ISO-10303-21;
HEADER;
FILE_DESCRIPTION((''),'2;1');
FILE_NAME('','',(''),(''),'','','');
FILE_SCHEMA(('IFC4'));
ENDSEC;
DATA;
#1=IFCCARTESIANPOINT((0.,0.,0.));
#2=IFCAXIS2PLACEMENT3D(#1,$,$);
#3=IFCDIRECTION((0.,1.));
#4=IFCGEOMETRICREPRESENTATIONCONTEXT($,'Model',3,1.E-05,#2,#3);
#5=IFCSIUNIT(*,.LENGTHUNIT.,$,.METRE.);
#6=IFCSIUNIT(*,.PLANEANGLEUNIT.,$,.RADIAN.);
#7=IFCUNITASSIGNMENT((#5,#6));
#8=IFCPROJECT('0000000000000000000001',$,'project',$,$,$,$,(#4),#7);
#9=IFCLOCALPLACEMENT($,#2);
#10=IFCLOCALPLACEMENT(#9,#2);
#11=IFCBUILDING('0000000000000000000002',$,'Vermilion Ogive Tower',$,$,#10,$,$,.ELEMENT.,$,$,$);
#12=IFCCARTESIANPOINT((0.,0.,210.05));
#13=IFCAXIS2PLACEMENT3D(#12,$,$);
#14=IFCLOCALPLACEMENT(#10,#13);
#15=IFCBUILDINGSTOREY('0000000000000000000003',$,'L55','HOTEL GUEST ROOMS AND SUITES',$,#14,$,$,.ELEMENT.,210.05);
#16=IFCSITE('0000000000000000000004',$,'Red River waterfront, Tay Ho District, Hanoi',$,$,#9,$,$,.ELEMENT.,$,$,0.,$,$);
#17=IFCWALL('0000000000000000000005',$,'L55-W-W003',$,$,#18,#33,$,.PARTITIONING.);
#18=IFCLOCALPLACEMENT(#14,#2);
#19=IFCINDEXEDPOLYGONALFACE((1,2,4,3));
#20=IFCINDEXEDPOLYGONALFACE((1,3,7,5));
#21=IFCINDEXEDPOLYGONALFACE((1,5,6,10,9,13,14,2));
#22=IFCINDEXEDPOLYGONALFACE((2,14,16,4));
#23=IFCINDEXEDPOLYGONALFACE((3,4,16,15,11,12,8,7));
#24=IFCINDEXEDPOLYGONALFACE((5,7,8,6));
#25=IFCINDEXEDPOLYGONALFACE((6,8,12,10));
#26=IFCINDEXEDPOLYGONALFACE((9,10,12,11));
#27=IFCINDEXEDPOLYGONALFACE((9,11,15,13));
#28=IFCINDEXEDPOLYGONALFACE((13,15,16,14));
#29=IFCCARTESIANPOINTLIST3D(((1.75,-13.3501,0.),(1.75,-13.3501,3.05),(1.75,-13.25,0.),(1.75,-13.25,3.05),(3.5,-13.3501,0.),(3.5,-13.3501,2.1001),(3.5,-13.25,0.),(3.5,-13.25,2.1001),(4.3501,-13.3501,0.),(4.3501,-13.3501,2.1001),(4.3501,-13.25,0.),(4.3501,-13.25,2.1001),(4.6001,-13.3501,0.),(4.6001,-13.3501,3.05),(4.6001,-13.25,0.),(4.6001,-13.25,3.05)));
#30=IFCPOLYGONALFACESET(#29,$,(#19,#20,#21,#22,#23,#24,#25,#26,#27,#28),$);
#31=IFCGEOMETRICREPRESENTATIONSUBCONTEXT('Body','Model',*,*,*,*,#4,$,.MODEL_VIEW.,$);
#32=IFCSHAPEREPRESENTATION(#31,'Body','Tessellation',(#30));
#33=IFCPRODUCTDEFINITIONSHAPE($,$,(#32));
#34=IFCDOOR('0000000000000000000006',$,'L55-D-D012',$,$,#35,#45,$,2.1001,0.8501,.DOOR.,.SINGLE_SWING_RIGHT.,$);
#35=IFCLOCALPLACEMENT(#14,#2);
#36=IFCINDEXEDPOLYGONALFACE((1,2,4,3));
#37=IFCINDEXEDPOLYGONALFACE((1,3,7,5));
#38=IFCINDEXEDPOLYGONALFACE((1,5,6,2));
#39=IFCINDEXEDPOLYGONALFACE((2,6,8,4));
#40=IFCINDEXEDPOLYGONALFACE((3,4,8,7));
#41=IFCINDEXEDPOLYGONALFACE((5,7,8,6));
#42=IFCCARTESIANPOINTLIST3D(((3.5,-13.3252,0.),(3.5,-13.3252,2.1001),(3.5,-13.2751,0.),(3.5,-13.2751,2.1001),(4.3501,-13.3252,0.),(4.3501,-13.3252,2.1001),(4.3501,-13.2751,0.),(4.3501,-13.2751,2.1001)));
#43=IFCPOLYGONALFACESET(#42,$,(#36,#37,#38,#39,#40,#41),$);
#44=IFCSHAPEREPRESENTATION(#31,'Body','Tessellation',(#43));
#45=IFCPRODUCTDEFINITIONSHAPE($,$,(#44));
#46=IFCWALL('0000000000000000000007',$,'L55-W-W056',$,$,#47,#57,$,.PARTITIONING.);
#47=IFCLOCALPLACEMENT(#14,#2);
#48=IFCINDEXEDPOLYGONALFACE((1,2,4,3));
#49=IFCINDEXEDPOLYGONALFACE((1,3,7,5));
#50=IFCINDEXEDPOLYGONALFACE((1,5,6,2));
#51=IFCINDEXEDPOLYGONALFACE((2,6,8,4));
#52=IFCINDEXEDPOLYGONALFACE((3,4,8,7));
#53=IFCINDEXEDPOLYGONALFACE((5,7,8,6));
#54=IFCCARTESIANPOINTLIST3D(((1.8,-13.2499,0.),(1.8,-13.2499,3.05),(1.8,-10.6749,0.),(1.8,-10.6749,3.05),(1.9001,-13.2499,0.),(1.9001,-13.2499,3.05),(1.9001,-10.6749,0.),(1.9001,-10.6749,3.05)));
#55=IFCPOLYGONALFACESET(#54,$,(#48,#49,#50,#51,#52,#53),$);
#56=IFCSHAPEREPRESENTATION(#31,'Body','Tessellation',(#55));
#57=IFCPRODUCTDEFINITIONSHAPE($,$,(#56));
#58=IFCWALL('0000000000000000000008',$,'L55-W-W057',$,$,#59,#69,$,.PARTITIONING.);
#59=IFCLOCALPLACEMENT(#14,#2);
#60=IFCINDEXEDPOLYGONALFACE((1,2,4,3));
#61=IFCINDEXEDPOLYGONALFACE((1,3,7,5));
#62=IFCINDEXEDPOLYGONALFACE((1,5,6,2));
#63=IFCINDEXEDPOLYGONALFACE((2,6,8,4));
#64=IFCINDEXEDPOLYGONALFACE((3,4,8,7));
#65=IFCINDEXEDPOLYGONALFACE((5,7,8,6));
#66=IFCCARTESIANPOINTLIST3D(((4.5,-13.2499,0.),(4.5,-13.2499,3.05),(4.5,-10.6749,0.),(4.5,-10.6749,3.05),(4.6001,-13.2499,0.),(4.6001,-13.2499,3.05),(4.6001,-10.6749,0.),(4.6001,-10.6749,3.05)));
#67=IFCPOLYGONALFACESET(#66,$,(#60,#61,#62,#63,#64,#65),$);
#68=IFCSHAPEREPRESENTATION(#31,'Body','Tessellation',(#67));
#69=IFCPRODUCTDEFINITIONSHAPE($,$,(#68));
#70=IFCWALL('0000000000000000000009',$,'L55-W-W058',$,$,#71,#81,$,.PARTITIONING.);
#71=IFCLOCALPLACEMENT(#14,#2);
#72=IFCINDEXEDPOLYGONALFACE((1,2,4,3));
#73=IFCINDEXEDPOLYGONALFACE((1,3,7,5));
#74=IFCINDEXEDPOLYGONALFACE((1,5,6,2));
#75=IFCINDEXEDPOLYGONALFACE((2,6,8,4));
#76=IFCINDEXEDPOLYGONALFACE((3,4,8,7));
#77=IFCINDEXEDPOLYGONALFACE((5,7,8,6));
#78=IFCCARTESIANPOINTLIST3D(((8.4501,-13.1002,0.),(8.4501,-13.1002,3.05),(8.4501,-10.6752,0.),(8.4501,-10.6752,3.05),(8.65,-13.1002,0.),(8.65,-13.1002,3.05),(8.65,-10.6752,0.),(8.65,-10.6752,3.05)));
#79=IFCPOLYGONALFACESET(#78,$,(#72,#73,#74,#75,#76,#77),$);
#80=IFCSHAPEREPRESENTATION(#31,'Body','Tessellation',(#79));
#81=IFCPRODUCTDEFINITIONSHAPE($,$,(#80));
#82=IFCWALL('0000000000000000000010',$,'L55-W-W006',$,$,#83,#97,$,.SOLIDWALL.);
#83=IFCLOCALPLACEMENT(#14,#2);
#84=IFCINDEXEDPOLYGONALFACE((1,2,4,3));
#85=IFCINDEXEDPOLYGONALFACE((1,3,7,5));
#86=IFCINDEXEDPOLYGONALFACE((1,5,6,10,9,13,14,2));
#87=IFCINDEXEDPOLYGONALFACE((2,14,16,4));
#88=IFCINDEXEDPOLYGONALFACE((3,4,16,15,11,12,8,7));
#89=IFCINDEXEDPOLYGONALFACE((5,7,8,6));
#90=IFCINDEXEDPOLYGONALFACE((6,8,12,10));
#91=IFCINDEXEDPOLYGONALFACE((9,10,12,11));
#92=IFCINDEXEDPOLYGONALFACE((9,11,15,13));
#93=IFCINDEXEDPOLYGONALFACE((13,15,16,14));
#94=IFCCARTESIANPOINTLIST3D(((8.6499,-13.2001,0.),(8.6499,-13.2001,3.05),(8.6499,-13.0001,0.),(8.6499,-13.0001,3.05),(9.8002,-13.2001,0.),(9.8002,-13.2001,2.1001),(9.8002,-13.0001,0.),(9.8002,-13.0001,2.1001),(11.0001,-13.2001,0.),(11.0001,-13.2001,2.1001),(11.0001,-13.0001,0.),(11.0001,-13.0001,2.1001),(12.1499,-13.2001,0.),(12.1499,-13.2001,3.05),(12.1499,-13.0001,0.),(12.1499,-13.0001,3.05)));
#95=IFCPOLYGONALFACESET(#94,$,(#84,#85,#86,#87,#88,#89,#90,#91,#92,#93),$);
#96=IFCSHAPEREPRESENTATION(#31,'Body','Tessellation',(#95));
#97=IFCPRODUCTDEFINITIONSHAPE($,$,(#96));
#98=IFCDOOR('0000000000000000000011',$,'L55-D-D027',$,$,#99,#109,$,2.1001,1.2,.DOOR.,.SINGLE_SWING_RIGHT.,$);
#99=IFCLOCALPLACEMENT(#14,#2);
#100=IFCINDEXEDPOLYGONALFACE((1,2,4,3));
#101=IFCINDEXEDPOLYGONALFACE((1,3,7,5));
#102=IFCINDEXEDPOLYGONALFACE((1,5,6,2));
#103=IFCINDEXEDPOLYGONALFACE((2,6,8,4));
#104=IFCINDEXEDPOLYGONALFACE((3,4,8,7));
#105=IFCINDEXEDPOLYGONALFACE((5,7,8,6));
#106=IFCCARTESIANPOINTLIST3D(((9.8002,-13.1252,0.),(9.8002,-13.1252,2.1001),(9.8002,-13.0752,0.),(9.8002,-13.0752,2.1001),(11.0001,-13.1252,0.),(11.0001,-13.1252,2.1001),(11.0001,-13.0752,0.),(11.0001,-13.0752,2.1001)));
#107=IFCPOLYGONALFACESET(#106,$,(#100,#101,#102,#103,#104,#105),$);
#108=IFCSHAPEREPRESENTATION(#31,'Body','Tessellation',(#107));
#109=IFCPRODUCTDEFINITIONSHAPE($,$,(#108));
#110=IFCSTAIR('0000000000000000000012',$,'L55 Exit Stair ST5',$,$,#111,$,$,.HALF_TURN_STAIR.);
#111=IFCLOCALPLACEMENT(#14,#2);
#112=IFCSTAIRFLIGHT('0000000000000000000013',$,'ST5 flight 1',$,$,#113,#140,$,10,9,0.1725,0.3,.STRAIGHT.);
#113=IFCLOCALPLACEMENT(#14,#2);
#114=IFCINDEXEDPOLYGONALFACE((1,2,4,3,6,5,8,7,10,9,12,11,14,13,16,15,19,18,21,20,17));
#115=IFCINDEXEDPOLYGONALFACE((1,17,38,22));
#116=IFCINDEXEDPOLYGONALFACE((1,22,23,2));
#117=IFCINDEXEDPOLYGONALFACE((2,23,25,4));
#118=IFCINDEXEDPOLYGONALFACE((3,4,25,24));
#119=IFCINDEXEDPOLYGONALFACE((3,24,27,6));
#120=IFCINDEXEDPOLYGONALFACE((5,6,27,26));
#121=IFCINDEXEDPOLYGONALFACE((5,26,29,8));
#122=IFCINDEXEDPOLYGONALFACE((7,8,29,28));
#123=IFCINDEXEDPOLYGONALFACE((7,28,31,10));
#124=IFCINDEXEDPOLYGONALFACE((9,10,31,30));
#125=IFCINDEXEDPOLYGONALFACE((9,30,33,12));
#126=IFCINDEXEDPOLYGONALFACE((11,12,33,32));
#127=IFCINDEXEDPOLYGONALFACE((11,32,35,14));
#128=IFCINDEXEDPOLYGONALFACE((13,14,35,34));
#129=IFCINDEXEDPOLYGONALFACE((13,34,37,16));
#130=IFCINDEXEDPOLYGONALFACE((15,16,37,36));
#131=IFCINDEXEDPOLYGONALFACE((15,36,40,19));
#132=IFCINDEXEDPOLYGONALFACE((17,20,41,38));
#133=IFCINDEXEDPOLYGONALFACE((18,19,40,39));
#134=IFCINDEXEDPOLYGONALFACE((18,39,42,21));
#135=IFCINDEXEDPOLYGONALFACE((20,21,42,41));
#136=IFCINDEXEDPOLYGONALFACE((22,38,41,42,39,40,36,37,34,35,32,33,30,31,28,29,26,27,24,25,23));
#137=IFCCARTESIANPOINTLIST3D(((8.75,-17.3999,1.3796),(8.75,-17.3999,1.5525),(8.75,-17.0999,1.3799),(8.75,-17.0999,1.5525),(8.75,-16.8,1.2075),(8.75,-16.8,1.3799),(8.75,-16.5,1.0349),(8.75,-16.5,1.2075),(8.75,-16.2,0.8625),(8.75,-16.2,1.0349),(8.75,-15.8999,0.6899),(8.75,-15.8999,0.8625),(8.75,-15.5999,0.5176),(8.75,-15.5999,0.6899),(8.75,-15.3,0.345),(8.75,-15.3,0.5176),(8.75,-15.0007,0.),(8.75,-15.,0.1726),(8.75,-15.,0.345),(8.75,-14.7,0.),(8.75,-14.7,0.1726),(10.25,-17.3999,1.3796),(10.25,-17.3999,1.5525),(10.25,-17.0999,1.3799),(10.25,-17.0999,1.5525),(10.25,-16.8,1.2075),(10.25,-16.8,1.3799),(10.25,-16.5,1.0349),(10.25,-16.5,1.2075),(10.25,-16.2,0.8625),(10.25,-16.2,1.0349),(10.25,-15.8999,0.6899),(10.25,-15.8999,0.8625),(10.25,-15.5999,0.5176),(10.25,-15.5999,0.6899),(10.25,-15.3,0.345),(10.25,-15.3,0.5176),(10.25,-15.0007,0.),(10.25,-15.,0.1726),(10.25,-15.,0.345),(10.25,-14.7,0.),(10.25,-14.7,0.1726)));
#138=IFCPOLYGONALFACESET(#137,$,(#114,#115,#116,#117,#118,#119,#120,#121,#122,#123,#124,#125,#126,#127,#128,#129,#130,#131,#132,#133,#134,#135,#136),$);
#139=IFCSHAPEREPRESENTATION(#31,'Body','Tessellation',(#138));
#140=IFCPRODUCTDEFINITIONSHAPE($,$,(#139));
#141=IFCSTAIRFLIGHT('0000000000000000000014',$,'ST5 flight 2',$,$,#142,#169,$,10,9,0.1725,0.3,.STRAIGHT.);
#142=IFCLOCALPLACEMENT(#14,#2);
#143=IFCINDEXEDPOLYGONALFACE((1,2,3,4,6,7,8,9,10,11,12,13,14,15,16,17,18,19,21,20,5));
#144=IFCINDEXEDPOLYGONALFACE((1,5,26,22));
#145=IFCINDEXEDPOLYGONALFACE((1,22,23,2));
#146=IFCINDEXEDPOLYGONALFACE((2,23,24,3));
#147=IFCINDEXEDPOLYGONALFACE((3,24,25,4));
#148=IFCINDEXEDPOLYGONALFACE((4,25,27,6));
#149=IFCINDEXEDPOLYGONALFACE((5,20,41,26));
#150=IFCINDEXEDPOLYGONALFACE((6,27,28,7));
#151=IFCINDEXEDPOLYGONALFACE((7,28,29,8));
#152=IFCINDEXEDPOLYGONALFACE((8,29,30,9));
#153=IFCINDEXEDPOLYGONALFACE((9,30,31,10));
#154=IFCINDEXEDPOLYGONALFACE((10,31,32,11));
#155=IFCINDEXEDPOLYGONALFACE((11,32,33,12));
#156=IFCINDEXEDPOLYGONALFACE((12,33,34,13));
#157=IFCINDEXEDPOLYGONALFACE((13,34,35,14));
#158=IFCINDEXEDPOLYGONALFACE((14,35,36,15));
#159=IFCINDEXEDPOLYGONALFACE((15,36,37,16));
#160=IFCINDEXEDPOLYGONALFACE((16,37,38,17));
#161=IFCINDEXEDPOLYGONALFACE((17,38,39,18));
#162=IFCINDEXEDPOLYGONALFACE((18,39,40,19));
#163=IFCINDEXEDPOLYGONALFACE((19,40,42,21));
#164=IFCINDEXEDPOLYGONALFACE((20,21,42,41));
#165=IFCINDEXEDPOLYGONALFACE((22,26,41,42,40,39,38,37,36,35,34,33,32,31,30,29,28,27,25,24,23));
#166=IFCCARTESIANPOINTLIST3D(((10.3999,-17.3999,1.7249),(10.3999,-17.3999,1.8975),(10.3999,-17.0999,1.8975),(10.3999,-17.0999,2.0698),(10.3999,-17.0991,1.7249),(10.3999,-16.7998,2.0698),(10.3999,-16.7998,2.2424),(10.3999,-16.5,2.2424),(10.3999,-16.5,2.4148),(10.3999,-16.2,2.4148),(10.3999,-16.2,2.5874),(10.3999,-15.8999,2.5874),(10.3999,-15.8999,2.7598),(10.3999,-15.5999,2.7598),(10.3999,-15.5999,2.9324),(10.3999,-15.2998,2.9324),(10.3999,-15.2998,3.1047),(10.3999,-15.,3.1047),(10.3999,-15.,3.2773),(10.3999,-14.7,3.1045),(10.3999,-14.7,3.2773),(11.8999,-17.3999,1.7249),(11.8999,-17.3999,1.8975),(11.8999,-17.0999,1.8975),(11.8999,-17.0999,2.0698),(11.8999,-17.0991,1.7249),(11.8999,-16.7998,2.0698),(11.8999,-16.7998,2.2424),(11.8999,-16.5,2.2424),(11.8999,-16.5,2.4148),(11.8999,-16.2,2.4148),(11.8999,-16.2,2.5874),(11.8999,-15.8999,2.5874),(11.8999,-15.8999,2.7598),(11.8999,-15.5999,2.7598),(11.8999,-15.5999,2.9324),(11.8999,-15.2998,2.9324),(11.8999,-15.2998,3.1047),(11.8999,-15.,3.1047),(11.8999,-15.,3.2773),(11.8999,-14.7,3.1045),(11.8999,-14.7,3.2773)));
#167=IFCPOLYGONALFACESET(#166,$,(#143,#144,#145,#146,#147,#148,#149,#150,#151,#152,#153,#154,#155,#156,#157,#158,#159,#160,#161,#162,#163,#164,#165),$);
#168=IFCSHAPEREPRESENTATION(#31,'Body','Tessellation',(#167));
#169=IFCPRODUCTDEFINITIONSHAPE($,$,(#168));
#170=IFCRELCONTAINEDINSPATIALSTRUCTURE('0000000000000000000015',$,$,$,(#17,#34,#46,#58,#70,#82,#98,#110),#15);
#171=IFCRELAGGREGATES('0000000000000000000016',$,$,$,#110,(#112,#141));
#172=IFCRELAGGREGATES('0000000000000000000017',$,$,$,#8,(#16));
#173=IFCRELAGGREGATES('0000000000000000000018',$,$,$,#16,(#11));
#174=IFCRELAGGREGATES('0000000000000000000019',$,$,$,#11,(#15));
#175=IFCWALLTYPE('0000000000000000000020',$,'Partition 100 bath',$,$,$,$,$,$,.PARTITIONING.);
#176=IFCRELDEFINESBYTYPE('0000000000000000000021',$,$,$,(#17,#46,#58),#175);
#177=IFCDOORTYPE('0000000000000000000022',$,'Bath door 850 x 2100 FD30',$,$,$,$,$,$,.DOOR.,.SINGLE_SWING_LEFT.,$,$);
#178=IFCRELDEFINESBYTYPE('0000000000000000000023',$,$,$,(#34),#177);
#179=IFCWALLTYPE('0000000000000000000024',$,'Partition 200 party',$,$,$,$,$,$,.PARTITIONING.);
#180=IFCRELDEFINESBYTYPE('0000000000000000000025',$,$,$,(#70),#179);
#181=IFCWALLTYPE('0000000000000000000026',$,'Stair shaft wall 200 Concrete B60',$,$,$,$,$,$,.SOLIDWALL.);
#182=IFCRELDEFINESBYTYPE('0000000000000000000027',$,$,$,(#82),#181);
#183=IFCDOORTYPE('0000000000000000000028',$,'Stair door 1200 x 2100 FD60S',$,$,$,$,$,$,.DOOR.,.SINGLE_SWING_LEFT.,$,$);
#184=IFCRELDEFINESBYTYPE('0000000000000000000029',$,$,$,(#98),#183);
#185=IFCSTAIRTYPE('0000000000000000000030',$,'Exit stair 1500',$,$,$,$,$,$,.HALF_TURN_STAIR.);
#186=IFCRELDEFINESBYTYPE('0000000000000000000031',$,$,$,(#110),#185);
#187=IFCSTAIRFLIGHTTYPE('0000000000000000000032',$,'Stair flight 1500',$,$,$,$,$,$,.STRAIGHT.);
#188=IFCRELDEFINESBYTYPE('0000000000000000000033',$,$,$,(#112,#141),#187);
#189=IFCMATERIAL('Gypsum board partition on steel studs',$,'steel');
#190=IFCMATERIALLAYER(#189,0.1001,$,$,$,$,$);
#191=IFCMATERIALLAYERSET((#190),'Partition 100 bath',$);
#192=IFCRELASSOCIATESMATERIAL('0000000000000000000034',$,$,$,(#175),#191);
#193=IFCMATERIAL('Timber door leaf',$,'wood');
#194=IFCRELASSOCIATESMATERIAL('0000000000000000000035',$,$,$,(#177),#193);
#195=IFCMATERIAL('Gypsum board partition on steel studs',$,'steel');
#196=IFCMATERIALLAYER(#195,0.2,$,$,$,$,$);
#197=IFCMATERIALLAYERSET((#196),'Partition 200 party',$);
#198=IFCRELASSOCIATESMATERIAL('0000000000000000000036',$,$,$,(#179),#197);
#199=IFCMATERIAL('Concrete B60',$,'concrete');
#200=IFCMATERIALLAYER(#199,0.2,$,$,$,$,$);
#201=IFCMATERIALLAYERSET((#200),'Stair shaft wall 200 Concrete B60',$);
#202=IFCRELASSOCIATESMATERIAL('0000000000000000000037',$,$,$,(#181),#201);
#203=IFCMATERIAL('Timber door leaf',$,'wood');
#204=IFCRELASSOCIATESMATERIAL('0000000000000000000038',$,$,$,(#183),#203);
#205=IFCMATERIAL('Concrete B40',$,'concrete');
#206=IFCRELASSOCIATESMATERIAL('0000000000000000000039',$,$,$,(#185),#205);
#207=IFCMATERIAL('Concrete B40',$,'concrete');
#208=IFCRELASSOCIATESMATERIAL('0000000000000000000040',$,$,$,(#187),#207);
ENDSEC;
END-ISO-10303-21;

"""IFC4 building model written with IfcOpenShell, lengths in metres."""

from ifc_helpers import new_model, si_unit, direction, frame, frame_2d, origin, place, context, subcontext, project, spatial, polyline, rectangle, outline, extrude, material, layer, layer_set, type_object, element, fill, aggregate, save


model = new_model("IFC4")

# Units and contexts
model_context = context("Model", 3, precision=1e-05, world=origin(), true_north=direction((0.0, 1.0)))
body_context = subcontext(model_context, "Body", "Model", "MODEL_VIEW")
ifc_project = project(units=[si_unit("LENGTHUNIT", "METRE"), si_unit("PLANEANGLEUNIT", "RADIAN")], contexts=[model_context])

# Site, building, storey
site_placement = place(None, origin())
site = spatial("IfcSite", under=ifc_project, at=site_placement, Name="Red River waterfront, Tay Ho District, Hanoi", CompositionType="ELEMENT", RefElevation=0.0)
building_placement = place(site_placement, origin())
building = spatial("IfcBuilding", under=site, at=building_placement, Name="Vermilion Ogive Tower", CompositionType="ELEMENT")
storey_placement = place(building_placement, frame((0.0, 0.0, 210.05)))
storey = spatial("IfcBuildingStorey", under=building, at=storey_placement, Name="L55", Description="HOTEL GUEST ROOMS AND SUITES", CompositionType="ELEMENT", Elevation=210.05)

# Wall, opening, door
ifc_material_1 = material(Name="Gypsum board partition on steel studs", Category="steel")
ifc_layer_1 = layer(ifc_material_1, 0.1001)
ifc_layer_set_1 = layer_set([ifc_layer_1], Name="Partition 100 bath")
wall_type_1 = type_object("IfcWallType", Name="Partition 100 bath", PredefinedType="PARTITIONING", material=ifc_layer_set_1)
wall_1_placement = place(storey_placement, frame((1.75, -13.3, 0.0), z_axis=(0.0, 0.0, 1.0), x_axis=(1.0, 0.0, 0.0)))
wall_1 = element("IfcWall", 1, at=wall_1_placement, inside=storey, type_object=wall_type_1, Name="L55-W-W003", PredefinedType="PARTITIONING", context=body_context, shape_type="SweptSolid", body=[
    extrude(rectangle(XDim=2.8501, YDim=0.1001, at=frame_2d((1.425, 0.0))), origin(), (0.0, 0.0, 1.0), 3.05),
])
opening_1_placement = place(wall_1_placement, frame((1.75, 0.0, 0.0)))
opening_1 = element("IfcOpeningElement", 2, at=opening_1_placement, cuts=wall_1, PredefinedType="OPENING", context=body_context, shape_type="SweptSolid", body=[
    extrude(rectangle(XDim=0.8501, YDim=2.1001, at=frame_2d((0.425, 1.05))), frame((0.0, 0.0601, 0.0), z_axis=(0.0, -1.0, 0.0), x_axis=(1.0, 0.0, 0.0)), (0.0, 0.0, 1.0), 0.1201),
])
ifc_material_2 = material(Name="Timber door leaf", Category="wood")
door_type_1 = type_object("IfcDoorType", Name="Bath door 850 x 2100 FD30", OperationType="SINGLE_SWING_LEFT", PredefinedType="DOOR", material=ifc_material_2)
door_1_placement = place(opening_1_placement, origin())
door_1 = element("IfcDoor", 3, at=door_1_placement, inside=storey, type_object=door_type_1, Name="L55-D-D012", OperationType="SINGLE_SWING_RIGHT", OverallHeight=2.1001, OverallWidth=0.8501, PredefinedType="DOOR", context=body_context, shape_type="SweptSolid", body=[
    extrude(rectangle(XDim=0.8501, YDim=2.1001, at=frame_2d((0.425, 1.05))), frame((0.0, 0.0249, 0.0), z_axis=(0.0, -1.0, 0.0), x_axis=(1.0, 0.0, 0.0)), (0.0, 0.0, 1.0), 0.05),
])
fill(opening_1, door_1)

# Walls
for number, where, z_axis, x_axis, name in (
    (4, (1.8501, -13.25, 0.0), (0.0, 0.0, 1.0), (0.0, 1.0, 0.0), "L55-W-W056"),
    (5, (4.55, -13.25, 0.0), (0.0, 0.0, 1.0), (0.0, 1.0, 0.0), "L55-W-W057"),
):
    element("IfcWall", number, at=place(storey_placement, frame(where, z_axis=z_axis, x_axis=x_axis)), inside=storey, type_object=wall_type_1, Name=name, PredefinedType="PARTITIONING", context=body_context, shape_type="SweptSolid", body=[
        extrude(rectangle(XDim=2.575, YDim=0.1001, at=frame_2d((1.2876, 0.0))), origin(), (0.0, 0.0, 1.0), 3.05),
    ])
ifc_material_3 = material(Name="Gypsum board partition on steel studs", Category="steel")
ifc_layer_2 = layer(ifc_material_3, 0.2)
ifc_layer_set_2 = layer_set([ifc_layer_2], Name="Partition 200 party")
wall_type_2 = type_object("IfcWallType", Name="Partition 200 party", PredefinedType="PARTITIONING", material=ifc_layer_set_2)
wall_2_placement = place(storey_placement, frame((8.55, -13.1001, 0.0), z_axis=(0.0, 0.0, 1.0), x_axis=(0.0, 1.0, 0.0)))
element("IfcWall", 6, at=wall_2_placement, inside=storey, type_object=wall_type_2, Name="L55-W-W058", PredefinedType="PARTITIONING", context=body_context, shape_type="SweptSolid", body=[
    extrude(rectangle(XDim=2.425, YDim=0.2, at=frame_2d((1.2124, 0.0))), origin(), (0.0, 0.0, 1.0), 3.05),
])

# Wall, opening, door
ifc_material_4 = material(Name="Concrete B60", Category="concrete")
ifc_layer_3 = layer(ifc_material_4, 0.2)
ifc_layer_set_3 = layer_set([ifc_layer_3], Name="Stair shaft wall 200 Concrete B60")
wall_type_3 = type_object("IfcWallType", Name="Stair shaft wall 200 Concrete B60", PredefinedType="SOLIDWALL", material=ifc_layer_set_3)
wall_3_placement = place(storey_placement, frame((8.6499, -13.1001, 0.0), z_axis=(0.0, 0.0, 1.0), x_axis=(1.0, 0.0, 0.0)))
wall_3 = element("IfcWall", 7, at=wall_3_placement, inside=storey, type_object=wall_type_3, Name="L55-W-W006", PredefinedType="SOLIDWALL", context=body_context, shape_type="SweptSolid", body=[
    extrude(rectangle(XDim=3.5, YDim=0.2, at=frame_2d((1.75, 0.0))), origin(), (0.0, 0.0, 1.0), 3.05),
])
opening_2_placement = place(wall_3_placement, frame((1.1501, 0.0, 0.0)))
opening_2 = element("IfcOpeningElement", 8, at=opening_2_placement, cuts=wall_3, PredefinedType="OPENING", context=body_context, shape_type="SweptSolid", body=[
    extrude(rectangle(XDim=1.2, YDim=2.1001, at=frame_2d((0.6001, 1.05))), frame((0.0, 0.1099, 0.0), z_axis=(0.0, -1.0, 0.0), x_axis=(1.0, 0.0, 0.0)), (0.0, 0.0, 1.0), 0.22),
])
ifc_material_5 = material(Name="Timber door leaf", Category="wood")
door_type_2 = type_object("IfcDoorType", Name="Stair door 1200 x 2100 FD60S", OperationType="SINGLE_SWING_LEFT", PredefinedType="DOOR", material=ifc_material_5)
door_2_placement = place(opening_2_placement, origin())
door_2 = element("IfcDoor", 9, at=door_2_placement, inside=storey, type_object=door_type_2, Name="L55-D-D027", OperationType="SINGLE_SWING_RIGHT", OverallHeight=2.1001, OverallWidth=1.2, PredefinedType="DOOR", context=body_context, shape_type="SweptSolid", body=[
    extrude(rectangle(XDim=1.2, YDim=2.1001, at=frame_2d((0.6001, 1.05))), frame((0.0, 0.0249, 0.0), z_axis=(0.0, -1.0, 0.0), x_axis=(1.0, 0.0, 0.0)), (0.0, 0.0, 1.0), 0.05),
])
fill(opening_2, door_2)

# Stair, stair flights
ifc_material_6 = material(Name="Concrete B40", Category="concrete")
stair_type = type_object("IfcStairType", Name="Exit stair 1500", PredefinedType="HALF_TURN_STAIR", material=ifc_material_6)
stair_placement = place(storey_placement, origin())
stair = element("IfcStair", 10, at=stair_placement, inside=storey, type_object=stair_type, Name="L55 Exit Stair ST5", PredefinedType="HALF_TURN_STAIR")
ifc_material_7 = material(Name="Concrete B40", Category="concrete")
stair_flight_type = type_object("IfcStairFlightType", Name="Stair flight 1500", PredefinedType="STRAIGHT", material=ifc_material_7)
stair_flight_1_placement = place(storey_placement, frame((9.5, -14.7, 0.0), z_axis=(0.0, 0.0, 1.0), x_axis=(0.0, -1.0, 0.0)))
stair_flight_1 = element("IfcStairFlight", 11, at=stair_flight_1_placement, type_object=stair_flight_type, Name="ST5 flight 1", NumberOfRisers=10, NumberOfTreads=9, PredefinedType="STRAIGHT", RiserHeight=0.1725, TreadLength=0.3, context=body_context, shape_type="SweptSolid", body=[
    extrude(outline(polyline([(0.0, 0.0), (0.0, 0.1726), (0.3, 0.1726), (0.3, 0.345), (0.6001, 0.345), (0.6001, 0.5176), (0.8999, 0.5176), (0.8999, 0.6899), (1.2, 0.6899), (1.2, 0.8625), (1.5, 0.8625), (1.5, 1.0349), (1.8, 1.0349), (1.8, 1.2075), (2.1001, 1.2075), (2.1001, 1.3799), (2.3999, 1.3799), (2.3999, 1.5525), (2.7, 1.5525), (2.7, 1.7251), (2.7, 1.3796), (0.3008, 0.0), (0.0, 0.0)])), frame((0.0, 0.75, 0.0), z_axis=(0.0, -1.0, 0.0), x_axis=(1.0, 0.0, 0.0)), (0.0, 0.0, 1.0), 1.5),
])
stair_flight_2_placement = place(storey_placement, frame((11.1499, -17.3999, 1.7249), z_axis=(0.0, 0.0, 1.0), x_axis=(0.0, 1.0, 0.0)))
stair_flight_2 = element("IfcStairFlight", 12, at=stair_flight_2_placement, type_object=stair_flight_type, Name="ST5 flight 2", NumberOfRisers=10, NumberOfTreads=9, PredefinedType="STRAIGHT", RiserHeight=0.1725, TreadLength=0.3, context=body_context, shape_type="SweptSolid", body=[
    extrude(outline(polyline([(0.0, 0.0), (0.0, 0.1726), (0.3, 0.1726), (0.3, 0.345), (0.6001, 0.345), (0.6001, 0.5176), (0.8999, 0.5176), (0.8999, 0.6899), (1.2, 0.6899), (1.2, 0.8625), (1.5, 0.8625), (1.5, 1.0349), (1.8, 1.0349), (1.8, 1.2075), (2.1001, 1.2075), (2.1001, 1.3799), (2.3999, 1.3799), (2.3999, 1.5525), (2.7, 1.5525), (2.7, 1.7251), (2.7, 1.3796), (0.3008, 0.0), (0.0, 0.0)])), frame((0.0, 0.75, 0.0), z_axis=(0.0, -1.0, 0.0), x_axis=(1.0, 0.0, 0.0)), (0.0, 0.0, 1.0), 1.5),
])
aggregate(stair, [stair_flight_1, stair_flight_2])

save(model, "model.ifc")
